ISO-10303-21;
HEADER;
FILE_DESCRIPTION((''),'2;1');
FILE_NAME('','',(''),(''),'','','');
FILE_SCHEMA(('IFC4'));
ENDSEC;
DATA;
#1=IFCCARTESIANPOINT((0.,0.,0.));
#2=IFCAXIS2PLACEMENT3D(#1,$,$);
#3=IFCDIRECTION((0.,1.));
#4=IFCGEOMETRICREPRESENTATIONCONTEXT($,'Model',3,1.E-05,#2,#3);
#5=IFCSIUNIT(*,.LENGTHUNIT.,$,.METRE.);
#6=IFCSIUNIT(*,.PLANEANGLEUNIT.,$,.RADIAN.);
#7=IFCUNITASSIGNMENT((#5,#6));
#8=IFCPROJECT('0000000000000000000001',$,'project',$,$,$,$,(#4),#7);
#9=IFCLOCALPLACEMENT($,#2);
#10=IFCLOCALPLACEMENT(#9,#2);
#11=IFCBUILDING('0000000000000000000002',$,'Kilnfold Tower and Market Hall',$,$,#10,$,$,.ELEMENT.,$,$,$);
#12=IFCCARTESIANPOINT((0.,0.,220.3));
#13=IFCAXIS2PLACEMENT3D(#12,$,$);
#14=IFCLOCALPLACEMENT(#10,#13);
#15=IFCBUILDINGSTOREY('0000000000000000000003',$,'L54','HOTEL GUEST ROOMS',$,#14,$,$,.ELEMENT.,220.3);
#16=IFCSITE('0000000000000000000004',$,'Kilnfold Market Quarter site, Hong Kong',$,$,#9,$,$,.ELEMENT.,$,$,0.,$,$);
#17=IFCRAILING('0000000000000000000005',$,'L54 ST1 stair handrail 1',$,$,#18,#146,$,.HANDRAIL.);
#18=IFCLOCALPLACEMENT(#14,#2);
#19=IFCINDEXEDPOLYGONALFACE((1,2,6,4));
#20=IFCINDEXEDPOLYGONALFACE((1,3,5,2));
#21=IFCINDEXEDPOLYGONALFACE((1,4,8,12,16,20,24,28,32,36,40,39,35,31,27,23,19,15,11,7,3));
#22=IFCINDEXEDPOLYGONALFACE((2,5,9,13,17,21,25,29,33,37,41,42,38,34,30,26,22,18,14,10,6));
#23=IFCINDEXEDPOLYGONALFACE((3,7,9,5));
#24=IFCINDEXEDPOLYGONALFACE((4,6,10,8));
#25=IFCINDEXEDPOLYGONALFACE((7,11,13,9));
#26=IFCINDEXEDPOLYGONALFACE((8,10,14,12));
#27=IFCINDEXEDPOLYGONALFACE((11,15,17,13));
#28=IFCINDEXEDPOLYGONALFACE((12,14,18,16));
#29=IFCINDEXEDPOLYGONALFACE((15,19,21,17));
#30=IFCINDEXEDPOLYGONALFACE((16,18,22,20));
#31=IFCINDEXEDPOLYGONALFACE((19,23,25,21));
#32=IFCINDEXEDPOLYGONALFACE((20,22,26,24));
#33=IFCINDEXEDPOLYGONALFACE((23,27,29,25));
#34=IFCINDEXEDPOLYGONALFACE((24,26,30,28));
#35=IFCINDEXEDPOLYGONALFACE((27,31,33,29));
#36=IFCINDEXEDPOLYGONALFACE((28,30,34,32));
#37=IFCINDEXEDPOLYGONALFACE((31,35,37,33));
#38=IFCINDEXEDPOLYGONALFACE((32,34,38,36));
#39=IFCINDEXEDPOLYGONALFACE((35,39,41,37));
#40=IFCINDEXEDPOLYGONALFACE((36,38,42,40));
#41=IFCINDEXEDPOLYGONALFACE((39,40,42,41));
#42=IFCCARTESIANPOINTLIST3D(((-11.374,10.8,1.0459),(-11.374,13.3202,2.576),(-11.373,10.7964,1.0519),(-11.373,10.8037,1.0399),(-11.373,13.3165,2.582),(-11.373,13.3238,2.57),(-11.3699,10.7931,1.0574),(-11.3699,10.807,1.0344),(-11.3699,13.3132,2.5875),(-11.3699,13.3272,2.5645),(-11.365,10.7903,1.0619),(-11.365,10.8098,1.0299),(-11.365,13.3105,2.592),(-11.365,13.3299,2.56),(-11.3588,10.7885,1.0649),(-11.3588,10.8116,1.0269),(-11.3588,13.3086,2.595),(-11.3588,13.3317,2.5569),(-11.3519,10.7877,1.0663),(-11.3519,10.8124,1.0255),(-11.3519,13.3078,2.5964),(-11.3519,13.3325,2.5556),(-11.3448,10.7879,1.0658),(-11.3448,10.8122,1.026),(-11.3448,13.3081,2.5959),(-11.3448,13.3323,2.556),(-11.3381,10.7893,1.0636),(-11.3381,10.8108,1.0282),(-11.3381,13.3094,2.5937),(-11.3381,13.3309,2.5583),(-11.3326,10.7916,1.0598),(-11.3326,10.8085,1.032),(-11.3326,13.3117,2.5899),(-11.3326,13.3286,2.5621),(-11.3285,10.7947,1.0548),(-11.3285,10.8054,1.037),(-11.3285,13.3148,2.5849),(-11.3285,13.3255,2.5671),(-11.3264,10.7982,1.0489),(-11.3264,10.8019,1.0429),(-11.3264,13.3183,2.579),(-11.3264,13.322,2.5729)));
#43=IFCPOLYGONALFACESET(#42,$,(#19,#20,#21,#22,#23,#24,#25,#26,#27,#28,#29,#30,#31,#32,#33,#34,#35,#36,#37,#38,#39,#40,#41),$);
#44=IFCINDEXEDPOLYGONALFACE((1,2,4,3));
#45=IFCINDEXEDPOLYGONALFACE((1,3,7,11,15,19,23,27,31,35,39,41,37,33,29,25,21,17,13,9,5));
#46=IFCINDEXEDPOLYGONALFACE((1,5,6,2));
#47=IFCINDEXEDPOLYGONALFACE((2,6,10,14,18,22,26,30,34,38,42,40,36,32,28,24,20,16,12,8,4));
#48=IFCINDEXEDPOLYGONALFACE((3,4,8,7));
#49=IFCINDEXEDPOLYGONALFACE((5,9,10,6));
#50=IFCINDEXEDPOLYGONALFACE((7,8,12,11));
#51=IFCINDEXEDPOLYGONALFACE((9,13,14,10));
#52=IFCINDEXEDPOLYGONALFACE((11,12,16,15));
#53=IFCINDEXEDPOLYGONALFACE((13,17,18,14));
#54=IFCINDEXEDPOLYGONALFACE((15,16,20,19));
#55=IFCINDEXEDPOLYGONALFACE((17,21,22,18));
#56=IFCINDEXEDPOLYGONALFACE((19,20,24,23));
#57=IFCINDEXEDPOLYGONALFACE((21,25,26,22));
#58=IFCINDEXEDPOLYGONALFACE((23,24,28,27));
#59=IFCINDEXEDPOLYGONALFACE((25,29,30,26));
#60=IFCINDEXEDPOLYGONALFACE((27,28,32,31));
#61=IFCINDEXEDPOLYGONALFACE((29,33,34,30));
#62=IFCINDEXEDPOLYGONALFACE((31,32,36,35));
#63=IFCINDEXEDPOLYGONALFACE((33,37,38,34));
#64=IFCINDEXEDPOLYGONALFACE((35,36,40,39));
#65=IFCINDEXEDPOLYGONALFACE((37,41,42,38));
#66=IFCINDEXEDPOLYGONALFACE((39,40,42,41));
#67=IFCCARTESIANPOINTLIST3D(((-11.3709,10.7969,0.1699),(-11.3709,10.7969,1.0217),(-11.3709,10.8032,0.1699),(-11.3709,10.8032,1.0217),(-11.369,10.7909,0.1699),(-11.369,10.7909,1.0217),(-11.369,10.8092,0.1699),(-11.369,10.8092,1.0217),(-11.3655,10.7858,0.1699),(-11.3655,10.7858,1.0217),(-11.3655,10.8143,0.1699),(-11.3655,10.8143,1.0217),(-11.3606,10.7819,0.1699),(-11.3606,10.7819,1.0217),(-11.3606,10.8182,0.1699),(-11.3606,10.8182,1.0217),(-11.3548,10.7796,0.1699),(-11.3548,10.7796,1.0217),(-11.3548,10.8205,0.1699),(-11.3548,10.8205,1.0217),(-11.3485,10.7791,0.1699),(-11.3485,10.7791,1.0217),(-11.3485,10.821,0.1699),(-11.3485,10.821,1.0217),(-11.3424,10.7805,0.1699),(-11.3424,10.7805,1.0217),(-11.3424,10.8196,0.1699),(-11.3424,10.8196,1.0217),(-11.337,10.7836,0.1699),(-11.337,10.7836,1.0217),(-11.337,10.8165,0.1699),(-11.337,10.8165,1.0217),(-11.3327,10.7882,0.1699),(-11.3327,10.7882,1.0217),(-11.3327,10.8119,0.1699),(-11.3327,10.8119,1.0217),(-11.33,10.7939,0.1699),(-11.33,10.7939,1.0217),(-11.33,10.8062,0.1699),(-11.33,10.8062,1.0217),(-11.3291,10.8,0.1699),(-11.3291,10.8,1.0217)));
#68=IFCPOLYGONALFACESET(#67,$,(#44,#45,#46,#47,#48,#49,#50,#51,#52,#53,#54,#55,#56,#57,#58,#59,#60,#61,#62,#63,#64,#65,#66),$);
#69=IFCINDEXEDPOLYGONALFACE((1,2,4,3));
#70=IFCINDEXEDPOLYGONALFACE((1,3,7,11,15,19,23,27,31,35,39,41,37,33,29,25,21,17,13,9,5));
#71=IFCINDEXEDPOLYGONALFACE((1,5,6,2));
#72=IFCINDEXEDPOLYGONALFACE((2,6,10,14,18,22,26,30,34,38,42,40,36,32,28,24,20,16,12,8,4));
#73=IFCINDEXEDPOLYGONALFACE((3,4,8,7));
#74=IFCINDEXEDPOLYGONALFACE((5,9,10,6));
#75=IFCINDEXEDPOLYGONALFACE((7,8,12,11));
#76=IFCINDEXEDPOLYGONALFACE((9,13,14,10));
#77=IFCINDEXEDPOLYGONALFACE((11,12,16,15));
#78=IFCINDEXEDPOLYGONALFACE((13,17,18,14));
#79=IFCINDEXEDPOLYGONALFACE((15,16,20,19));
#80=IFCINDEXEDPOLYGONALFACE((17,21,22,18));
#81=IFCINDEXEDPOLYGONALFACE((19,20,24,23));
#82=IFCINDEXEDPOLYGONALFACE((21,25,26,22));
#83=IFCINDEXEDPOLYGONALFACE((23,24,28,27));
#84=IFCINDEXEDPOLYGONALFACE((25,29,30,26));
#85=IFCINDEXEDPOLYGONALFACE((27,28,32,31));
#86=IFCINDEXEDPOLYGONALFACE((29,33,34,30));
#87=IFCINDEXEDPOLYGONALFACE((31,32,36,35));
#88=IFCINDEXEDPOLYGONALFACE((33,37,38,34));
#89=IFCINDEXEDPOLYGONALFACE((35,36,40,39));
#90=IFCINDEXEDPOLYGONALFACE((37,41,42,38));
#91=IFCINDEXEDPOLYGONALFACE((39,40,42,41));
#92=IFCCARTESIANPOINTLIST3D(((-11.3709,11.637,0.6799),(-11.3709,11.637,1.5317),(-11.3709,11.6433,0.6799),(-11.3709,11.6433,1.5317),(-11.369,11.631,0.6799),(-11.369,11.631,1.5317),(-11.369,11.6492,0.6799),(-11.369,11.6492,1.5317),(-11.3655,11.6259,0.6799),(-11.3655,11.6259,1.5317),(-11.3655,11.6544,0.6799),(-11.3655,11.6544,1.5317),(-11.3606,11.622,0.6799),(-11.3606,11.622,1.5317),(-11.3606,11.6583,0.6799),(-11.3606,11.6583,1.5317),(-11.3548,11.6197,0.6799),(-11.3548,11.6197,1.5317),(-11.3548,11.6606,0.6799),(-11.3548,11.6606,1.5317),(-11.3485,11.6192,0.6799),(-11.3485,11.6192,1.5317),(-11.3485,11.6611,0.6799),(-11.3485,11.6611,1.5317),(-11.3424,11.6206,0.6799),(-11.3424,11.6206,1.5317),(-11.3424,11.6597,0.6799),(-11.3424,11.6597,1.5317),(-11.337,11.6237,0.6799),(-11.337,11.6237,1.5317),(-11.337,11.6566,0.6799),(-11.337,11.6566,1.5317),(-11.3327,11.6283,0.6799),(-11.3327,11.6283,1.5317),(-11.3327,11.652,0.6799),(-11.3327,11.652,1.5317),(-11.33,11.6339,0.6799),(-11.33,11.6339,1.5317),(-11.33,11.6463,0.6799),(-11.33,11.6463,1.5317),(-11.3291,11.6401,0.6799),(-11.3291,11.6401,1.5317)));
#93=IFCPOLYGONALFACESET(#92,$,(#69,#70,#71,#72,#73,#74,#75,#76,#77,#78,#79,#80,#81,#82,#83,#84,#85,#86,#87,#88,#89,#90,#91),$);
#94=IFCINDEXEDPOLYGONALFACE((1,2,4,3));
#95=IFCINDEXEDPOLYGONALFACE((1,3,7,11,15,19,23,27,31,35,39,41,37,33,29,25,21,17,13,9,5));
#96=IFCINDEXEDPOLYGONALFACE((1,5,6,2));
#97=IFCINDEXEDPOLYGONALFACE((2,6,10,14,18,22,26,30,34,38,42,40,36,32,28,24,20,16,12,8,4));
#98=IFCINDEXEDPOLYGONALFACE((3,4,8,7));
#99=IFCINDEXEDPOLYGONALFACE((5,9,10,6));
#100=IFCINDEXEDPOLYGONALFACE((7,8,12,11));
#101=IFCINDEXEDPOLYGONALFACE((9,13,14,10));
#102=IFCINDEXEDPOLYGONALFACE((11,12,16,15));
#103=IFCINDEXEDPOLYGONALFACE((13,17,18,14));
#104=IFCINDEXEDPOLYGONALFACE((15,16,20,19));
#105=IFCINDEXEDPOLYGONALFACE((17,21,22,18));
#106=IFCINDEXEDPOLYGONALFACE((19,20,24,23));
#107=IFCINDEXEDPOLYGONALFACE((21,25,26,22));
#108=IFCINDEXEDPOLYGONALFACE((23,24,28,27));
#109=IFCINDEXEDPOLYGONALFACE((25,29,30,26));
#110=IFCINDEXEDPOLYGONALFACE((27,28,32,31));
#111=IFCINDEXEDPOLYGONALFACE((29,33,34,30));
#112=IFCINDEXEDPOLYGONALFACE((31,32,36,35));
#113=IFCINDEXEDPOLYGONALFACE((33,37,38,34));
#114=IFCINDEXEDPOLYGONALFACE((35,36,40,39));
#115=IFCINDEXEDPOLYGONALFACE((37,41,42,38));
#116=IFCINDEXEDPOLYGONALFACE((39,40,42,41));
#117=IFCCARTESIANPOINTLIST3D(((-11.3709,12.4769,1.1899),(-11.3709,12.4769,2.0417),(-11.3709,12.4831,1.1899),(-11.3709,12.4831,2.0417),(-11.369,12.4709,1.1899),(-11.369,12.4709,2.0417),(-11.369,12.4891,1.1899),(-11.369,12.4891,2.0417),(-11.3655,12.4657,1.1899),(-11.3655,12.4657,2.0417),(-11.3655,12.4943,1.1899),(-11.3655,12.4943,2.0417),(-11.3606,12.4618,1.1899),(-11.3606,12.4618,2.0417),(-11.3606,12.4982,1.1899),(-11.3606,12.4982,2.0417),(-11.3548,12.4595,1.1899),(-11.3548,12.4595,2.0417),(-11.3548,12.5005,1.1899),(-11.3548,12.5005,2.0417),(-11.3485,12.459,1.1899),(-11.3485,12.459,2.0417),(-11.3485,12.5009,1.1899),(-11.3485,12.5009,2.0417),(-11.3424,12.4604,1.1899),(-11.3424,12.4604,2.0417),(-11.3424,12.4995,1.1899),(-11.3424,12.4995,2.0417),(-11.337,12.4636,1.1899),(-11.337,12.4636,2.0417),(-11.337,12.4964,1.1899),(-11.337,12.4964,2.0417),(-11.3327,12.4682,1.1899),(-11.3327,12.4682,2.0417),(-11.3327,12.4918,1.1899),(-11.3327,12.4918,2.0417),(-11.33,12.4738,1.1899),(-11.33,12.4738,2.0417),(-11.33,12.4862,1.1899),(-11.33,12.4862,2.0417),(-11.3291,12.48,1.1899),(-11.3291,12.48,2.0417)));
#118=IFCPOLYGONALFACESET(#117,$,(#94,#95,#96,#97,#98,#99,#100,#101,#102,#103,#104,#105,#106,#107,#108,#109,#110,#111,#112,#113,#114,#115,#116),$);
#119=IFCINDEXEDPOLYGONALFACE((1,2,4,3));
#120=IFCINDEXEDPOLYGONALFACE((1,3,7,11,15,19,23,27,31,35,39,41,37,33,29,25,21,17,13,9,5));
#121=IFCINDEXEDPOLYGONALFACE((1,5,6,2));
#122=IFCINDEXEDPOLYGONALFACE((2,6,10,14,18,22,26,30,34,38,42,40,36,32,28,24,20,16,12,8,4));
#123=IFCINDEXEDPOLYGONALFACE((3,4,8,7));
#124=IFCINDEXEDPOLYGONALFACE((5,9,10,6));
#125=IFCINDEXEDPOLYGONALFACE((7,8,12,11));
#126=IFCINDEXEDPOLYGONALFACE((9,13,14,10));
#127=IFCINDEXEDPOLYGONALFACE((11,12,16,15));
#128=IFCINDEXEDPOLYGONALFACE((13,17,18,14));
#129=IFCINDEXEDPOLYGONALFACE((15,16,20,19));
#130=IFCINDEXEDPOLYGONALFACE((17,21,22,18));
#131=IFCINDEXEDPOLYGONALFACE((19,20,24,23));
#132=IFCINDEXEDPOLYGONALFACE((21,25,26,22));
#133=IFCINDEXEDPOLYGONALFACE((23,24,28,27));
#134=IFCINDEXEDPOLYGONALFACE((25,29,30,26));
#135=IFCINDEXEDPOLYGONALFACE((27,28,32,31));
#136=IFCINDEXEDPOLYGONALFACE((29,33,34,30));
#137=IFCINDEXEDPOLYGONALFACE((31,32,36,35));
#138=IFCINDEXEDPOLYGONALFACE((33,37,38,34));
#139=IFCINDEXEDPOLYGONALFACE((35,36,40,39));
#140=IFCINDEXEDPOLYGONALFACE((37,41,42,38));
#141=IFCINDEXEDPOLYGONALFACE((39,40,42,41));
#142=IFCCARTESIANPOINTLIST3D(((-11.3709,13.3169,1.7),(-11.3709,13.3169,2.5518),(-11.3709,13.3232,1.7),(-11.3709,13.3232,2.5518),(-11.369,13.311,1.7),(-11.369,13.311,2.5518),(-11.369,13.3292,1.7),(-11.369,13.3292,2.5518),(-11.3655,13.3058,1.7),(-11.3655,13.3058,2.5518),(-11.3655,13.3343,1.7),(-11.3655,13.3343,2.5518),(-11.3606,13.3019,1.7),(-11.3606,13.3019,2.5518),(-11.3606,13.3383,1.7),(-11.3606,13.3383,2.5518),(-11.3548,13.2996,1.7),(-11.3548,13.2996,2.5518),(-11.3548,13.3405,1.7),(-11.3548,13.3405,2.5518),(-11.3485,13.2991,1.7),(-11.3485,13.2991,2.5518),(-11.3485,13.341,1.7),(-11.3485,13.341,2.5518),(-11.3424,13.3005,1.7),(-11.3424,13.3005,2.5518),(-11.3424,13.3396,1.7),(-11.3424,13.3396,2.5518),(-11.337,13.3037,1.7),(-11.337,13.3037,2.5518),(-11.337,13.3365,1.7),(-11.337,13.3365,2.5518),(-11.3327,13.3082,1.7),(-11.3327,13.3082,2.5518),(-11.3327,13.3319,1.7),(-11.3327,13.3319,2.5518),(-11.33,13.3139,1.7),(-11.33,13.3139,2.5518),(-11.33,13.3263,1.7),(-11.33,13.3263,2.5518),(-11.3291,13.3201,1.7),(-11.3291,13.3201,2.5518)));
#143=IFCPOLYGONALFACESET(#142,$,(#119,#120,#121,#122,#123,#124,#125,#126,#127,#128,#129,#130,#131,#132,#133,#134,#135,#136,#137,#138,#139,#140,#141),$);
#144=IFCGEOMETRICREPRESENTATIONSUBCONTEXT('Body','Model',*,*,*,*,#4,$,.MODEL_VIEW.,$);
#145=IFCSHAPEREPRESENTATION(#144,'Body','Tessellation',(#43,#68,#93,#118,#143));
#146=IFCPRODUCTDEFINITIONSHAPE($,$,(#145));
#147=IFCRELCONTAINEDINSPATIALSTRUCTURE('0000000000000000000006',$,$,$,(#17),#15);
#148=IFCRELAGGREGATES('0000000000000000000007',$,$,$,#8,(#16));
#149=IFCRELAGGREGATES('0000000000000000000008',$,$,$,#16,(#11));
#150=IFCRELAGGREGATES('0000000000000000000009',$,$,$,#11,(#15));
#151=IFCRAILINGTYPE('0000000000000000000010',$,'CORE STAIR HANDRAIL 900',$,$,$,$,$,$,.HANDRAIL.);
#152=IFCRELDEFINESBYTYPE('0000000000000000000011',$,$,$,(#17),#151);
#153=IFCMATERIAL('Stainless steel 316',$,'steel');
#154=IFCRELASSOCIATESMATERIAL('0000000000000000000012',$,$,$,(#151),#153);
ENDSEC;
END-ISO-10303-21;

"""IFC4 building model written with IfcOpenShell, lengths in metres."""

from ifc_helpers import new_model, si_unit, direction, frame, origin, origin_2d, place, context, subcontext, project, spatial, circle, extrude, material, type_object, element, save


model = new_model("IFC4")

# Units and contexts
model_context = context("Model", 3, precision=1e-05, world=origin(), true_north=direction((0.0, 1.0)))
body_context = subcontext(model_context, "Body", "Model", "MODEL_VIEW")
ifc_project = project(units=[si_unit("LENGTHUNIT", "METRE"), si_unit("PLANEANGLEUNIT", "RADIAN")], contexts=[model_context])

# Site, building, storey
site_placement = place(None, origin())
site = spatial("IfcSite", under=ifc_project, at=site_placement, Name="Kilnfold Market Quarter site, Hong Kong", CompositionType="ELEMENT", RefElevation=0.0)
building_placement = place(site_placement, origin())
building = spatial("IfcBuilding", under=site, at=building_placement, Name="Kilnfold Tower and Market Hall", CompositionType="ELEMENT")
storey_placement = place(building_placement, frame((0.0, 0.0, 220.3)))
storey = spatial("IfcBuildingStorey", under=building, at=storey_placement, Name="L54", Description="HOTEL GUEST ROOMS", CompositionType="ELEMENT", Elevation=220.3)

# Railing
ifc_material_1 = material(Name="Stainless steel 316", Category="steel")
railing_type_1 = type_object("IfcRailingType", Name="CORE STAIR HANDRAIL 900", PredefinedType="HANDRAIL", material=ifc_material_1)
railing_1_placement = place(storey_placement, frame((-11.3501, 10.8, 0.1699)))
element("IfcRailing", 1, at=railing_1_placement, inside=storey, type_object=railing_type_1, Name="L54 ST1 stair handrail 1", PredefinedType="HANDRAIL", context=body_context, shape_type="SweptSolid", body=[
    extrude(circle(Radius=0.0239, at=origin_2d()), frame((0.0, 0.0, 0.876), z_axis=(0.0, 0.854785, 0.518982), x_axis=(-1.0, 0.0, 0.0)), (0.0, 0.0, 1.0), 2.9482),
    extrude(circle(Radius=0.021, at=origin_2d()), origin(), (0.0, 0.0, 1.0), 0.8518),
    extrude(circle(Radius=0.021, at=origin_2d()), frame((0.0, 0.8401, 0.51)), (0.0, 0.0, 1.0), 0.8518),
    extrude(circle(Radius=0.021, at=origin_2d()), frame((0.0, 1.6799, 1.02)), (0.0, 0.0, 1.0), 0.8518),
    extrude(circle(Radius=0.021, at=origin_2d()), frame((0.0, 2.52, 1.53)), (0.0, 0.0, 1.0), 0.8518),
])

save(model, "model.ifc")
